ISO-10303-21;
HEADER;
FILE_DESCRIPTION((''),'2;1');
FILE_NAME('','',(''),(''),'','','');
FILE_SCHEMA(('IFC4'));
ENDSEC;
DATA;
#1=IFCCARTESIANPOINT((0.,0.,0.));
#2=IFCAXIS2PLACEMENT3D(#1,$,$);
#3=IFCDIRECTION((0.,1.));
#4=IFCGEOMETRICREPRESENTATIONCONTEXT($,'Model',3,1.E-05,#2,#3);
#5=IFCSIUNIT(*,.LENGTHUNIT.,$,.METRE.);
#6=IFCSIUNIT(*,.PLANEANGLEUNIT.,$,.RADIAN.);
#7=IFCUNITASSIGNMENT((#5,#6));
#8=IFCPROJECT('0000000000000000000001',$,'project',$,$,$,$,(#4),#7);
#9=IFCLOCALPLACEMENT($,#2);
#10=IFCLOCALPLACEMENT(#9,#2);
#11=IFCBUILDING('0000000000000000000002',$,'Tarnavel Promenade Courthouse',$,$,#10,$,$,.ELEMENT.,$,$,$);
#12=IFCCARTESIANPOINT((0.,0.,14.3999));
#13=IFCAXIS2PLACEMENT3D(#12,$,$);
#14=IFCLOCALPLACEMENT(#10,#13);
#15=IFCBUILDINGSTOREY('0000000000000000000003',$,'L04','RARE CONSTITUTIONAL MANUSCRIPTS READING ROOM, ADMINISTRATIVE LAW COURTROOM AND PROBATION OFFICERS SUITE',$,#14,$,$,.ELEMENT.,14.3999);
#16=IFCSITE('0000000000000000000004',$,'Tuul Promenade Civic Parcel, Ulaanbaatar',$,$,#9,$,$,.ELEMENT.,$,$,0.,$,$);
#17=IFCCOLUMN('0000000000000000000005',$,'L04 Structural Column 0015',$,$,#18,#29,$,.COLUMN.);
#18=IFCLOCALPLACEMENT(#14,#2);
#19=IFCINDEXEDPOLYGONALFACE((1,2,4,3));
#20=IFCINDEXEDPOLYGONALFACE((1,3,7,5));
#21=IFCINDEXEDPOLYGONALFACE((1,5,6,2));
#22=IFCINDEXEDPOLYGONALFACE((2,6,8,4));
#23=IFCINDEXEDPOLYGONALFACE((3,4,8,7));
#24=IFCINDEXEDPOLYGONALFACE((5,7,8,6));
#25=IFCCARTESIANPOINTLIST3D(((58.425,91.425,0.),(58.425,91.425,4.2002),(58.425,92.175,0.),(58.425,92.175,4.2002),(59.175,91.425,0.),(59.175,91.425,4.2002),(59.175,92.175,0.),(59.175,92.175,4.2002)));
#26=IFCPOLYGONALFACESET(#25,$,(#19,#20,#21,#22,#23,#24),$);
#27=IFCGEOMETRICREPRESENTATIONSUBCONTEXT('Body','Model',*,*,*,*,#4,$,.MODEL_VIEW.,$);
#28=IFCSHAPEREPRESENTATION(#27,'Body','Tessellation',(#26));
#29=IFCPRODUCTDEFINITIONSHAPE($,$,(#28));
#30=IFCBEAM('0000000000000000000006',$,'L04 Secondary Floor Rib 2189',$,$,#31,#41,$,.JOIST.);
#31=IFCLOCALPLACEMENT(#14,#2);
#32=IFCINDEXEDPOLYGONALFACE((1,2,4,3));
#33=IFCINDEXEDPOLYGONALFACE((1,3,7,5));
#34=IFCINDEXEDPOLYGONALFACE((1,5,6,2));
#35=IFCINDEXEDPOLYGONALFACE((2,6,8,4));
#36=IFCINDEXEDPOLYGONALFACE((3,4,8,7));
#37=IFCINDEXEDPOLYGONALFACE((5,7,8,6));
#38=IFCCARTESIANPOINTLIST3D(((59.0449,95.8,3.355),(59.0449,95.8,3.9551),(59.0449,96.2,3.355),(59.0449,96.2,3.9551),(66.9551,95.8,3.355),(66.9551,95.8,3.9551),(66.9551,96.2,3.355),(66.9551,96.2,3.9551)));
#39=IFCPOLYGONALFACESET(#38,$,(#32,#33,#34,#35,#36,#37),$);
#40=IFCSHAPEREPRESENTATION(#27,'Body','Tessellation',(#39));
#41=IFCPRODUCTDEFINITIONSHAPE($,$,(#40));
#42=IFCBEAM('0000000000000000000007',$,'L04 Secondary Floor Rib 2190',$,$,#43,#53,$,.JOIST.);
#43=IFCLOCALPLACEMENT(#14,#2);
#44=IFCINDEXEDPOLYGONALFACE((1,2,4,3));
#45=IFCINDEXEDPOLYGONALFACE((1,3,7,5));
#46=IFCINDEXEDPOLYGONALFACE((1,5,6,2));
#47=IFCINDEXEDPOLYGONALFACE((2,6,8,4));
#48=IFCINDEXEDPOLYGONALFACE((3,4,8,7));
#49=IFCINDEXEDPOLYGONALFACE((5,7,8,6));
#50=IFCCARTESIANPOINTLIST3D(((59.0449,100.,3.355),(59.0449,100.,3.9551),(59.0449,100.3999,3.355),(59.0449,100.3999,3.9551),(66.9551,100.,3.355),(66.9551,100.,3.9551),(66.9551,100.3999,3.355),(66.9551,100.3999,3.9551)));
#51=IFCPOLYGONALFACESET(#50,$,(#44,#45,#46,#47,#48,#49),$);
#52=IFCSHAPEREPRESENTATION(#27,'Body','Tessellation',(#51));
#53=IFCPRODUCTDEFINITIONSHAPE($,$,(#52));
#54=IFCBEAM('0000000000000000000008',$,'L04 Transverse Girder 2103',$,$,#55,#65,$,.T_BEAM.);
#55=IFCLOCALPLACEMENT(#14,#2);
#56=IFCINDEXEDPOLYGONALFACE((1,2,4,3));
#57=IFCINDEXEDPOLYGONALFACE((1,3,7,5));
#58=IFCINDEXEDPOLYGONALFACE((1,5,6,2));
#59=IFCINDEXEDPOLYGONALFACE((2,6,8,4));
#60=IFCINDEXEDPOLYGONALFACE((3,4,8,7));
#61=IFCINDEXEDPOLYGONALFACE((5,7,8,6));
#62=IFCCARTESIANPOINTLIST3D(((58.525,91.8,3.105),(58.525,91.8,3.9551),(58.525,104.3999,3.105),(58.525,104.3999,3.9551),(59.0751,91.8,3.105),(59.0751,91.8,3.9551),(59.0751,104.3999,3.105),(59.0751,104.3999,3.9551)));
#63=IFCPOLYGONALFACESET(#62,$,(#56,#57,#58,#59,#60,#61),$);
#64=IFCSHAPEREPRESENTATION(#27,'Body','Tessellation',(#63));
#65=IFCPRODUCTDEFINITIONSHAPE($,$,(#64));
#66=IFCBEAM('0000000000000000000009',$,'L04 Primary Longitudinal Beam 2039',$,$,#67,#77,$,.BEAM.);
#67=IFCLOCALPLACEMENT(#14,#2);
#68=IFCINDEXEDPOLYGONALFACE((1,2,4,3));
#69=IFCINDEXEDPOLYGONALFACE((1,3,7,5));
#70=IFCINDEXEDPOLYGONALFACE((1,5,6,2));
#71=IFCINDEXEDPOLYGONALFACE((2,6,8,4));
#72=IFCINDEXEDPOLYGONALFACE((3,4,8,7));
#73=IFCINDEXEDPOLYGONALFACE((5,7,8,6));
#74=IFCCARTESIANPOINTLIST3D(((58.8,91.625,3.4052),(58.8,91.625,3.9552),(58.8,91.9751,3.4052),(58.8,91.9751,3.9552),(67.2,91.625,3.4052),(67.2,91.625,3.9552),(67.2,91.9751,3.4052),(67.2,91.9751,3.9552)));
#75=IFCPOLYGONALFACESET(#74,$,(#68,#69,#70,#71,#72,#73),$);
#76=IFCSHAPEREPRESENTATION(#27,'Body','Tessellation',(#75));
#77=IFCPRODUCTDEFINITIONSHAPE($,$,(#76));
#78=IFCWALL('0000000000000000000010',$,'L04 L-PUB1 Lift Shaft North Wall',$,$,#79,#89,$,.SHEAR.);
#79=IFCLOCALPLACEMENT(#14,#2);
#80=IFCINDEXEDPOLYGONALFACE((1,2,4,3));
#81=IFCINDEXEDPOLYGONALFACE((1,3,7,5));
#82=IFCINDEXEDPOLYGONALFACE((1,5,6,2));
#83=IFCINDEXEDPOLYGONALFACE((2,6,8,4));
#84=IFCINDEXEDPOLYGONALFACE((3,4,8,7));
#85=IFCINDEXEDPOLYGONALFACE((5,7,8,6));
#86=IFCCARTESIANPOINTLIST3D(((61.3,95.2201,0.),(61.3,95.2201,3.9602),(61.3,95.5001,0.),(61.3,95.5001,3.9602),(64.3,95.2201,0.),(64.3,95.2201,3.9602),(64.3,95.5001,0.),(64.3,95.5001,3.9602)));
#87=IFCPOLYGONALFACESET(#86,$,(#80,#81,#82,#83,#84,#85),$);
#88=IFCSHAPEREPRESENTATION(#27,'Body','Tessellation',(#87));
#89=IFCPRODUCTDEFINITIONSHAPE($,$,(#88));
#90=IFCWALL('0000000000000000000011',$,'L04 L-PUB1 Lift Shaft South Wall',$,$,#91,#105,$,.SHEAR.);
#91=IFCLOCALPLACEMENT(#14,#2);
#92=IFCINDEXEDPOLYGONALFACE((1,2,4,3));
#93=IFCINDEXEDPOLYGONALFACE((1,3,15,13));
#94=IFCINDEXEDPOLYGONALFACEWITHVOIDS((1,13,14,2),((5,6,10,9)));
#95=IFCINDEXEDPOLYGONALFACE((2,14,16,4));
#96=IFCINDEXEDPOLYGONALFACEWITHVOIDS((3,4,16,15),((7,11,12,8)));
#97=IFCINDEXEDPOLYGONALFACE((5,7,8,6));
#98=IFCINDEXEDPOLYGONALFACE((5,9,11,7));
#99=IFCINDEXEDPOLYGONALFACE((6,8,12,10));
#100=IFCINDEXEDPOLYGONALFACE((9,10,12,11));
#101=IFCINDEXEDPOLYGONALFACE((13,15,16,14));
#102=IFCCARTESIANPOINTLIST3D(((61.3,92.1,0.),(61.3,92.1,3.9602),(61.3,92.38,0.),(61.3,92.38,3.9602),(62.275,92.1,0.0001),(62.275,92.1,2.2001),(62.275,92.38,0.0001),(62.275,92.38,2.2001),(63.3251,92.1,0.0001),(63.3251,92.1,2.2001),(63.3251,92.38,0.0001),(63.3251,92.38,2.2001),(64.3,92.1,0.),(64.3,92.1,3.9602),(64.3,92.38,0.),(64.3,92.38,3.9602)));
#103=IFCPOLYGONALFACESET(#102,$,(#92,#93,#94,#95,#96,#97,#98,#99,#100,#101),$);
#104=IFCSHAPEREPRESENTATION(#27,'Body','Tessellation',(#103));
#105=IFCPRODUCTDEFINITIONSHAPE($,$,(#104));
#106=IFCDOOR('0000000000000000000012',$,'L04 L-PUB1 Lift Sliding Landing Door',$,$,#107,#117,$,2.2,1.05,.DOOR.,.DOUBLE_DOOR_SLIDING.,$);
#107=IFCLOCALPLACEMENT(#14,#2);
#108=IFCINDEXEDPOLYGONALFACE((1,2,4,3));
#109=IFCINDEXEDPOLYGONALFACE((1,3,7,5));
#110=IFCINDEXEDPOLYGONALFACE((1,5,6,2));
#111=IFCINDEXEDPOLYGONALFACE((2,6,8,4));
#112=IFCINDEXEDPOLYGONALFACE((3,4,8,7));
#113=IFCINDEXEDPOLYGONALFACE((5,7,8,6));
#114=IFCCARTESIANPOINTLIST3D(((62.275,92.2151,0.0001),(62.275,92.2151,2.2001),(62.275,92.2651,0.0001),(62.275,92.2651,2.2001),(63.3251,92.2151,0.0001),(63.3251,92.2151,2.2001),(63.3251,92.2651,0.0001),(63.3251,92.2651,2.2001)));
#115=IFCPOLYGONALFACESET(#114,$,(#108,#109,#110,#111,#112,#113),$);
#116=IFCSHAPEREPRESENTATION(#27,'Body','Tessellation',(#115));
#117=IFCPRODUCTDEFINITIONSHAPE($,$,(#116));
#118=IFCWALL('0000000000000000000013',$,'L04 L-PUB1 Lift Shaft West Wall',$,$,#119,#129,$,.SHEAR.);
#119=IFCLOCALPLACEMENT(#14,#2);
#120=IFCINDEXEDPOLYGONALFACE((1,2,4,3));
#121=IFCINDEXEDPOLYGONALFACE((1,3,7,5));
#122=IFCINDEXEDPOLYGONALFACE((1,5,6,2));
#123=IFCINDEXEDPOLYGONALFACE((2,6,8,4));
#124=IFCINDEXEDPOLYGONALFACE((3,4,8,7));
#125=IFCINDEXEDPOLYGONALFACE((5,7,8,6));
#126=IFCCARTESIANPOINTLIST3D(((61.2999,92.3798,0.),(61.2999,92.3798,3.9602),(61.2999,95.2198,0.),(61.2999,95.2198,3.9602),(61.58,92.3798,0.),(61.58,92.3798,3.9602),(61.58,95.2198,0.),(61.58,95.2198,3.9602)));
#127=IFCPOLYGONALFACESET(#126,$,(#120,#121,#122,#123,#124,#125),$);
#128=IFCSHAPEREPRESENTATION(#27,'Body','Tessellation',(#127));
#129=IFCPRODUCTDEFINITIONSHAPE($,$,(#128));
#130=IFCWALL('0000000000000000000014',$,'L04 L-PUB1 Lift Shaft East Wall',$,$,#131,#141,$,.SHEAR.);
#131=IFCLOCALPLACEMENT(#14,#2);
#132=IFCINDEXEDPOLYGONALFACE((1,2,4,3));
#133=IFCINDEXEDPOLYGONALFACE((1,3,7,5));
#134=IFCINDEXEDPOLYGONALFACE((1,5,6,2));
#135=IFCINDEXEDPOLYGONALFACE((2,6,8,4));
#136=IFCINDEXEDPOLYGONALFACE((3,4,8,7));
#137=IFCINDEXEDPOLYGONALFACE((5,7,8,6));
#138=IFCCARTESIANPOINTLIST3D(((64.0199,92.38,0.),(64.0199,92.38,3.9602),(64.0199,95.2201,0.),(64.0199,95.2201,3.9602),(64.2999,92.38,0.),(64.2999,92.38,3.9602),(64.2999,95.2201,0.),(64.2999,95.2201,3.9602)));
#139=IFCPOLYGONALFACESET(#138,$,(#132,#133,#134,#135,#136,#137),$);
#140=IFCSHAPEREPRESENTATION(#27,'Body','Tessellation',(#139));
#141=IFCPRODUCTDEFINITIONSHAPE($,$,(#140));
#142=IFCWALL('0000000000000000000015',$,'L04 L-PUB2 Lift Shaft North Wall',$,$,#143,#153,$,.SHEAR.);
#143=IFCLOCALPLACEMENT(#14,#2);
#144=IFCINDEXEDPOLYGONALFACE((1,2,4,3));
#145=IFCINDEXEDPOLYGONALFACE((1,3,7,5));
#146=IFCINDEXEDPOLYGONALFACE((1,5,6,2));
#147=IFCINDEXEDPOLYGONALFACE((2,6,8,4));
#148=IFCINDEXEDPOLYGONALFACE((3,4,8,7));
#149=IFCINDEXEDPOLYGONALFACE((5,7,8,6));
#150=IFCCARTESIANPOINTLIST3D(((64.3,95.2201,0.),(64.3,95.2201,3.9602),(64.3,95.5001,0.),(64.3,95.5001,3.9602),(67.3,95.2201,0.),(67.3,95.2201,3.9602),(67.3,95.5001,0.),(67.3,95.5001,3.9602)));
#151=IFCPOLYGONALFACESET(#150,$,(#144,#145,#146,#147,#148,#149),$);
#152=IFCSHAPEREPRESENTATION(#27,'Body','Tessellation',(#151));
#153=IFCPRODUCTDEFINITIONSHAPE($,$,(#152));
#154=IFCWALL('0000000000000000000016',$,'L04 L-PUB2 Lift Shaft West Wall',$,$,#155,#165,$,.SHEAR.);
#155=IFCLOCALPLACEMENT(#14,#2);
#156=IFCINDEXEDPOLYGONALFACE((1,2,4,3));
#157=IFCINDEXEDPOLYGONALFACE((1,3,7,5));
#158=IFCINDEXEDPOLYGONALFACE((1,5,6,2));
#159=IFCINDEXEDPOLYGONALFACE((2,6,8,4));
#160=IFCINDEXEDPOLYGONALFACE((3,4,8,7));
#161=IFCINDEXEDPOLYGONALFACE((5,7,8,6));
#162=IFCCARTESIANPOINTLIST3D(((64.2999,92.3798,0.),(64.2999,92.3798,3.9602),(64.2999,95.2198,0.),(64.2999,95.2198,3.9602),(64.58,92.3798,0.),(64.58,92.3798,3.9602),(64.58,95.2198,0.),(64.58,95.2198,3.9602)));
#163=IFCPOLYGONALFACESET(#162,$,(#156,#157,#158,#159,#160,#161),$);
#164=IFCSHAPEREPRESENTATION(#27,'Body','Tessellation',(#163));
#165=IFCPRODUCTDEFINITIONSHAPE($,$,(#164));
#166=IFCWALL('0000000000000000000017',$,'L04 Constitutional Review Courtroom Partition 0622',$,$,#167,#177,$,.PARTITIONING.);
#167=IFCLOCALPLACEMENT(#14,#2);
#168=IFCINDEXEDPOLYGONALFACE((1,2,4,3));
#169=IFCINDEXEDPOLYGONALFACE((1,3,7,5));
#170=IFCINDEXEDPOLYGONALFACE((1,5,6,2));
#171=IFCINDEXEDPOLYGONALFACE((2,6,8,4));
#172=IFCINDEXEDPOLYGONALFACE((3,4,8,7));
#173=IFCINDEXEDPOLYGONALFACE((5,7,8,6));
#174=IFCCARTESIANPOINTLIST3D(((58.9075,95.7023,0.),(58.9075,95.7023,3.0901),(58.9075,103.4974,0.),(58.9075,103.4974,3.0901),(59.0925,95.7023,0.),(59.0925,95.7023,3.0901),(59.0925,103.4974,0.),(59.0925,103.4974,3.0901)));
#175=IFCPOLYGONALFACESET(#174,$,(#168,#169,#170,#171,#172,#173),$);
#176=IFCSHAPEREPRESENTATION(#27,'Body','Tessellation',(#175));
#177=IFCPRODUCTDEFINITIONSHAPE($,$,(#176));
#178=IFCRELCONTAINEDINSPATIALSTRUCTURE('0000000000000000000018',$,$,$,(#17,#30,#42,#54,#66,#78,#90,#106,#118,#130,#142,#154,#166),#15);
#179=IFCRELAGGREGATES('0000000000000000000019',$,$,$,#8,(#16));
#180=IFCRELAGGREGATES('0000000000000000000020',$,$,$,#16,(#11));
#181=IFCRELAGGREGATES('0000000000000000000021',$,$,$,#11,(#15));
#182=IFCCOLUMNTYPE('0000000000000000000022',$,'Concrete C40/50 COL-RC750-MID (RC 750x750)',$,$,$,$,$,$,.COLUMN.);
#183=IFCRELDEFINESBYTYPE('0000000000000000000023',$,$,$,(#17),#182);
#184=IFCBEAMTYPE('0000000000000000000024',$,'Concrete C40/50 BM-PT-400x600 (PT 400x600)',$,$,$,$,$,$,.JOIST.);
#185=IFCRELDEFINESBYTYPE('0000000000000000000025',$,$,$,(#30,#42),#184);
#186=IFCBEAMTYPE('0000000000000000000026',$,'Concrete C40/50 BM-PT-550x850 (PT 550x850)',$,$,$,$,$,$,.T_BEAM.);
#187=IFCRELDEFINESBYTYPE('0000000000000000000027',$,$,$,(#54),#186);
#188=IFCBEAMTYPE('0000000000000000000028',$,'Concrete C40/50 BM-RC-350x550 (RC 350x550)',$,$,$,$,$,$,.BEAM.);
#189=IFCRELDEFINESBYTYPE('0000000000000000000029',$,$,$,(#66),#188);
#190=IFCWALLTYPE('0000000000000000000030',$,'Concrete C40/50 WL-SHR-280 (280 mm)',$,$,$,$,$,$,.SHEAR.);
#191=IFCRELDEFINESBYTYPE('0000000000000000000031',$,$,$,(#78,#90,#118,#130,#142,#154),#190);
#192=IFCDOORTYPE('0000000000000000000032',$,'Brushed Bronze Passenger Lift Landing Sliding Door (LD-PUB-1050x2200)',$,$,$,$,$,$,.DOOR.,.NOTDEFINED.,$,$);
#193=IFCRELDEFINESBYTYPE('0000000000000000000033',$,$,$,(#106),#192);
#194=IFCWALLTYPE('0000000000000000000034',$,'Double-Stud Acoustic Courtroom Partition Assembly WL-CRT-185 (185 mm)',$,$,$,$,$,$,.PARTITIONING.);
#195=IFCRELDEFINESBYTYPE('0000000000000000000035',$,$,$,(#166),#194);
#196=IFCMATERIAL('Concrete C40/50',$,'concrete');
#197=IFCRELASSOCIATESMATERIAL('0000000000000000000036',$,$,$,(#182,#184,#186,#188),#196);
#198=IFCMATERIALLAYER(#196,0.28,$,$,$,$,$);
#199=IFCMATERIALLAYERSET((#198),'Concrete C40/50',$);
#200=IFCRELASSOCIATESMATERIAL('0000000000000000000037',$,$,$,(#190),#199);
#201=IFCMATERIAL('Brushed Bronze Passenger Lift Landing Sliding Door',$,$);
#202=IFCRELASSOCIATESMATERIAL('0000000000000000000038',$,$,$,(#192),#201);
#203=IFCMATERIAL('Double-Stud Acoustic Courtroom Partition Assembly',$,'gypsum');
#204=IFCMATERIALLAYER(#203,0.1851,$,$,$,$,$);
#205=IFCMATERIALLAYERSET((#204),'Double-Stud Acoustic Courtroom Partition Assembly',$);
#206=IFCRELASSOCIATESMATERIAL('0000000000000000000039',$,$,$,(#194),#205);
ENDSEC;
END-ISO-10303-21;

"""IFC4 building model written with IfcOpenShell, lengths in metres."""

from ifc_helpers import new_model, si_unit, direction, frame, frame_2d, origin, origin_2d, place, context, subcontext, project, spatial, rectangle, extrude, material, layer, layer_set, material_profile, profile_set, type_object, element, fill, save


model = new_model("IFC4")

# Units and contexts
model_context = context("Model", 3, precision=1e-05, world=origin(), true_north=direction((0.0, 1.0)))
body_context = subcontext(model_context, "Body", "Model", "MODEL_VIEW")
ifc_project = project(units=[si_unit("LENGTHUNIT", "METRE"), si_unit("PLANEANGLEUNIT", "RADIAN")], contexts=[model_context])

# Site, building, storey
site_placement = place(None, origin())
site = spatial("IfcSite", under=ifc_project, at=site_placement, Name="Tuul Promenade Civic Parcel, Ulaanbaatar", CompositionType="ELEMENT", RefElevation=0.0)
building_placement = place(site_placement, origin())
building = spatial("IfcBuilding", under=site, at=building_placement, Name="Tarnavel Promenade Courthouse", CompositionType="ELEMENT")
storey_placement = place(building_placement, frame((0.0, 0.0, 14.3999)))
storey = spatial("IfcBuildingStorey", under=building, at=storey_placement, Name="L04", Description="RARE CONSTITUTIONAL MANUSCRIPTS READING ROOM, ADMINISTRATIVE LAW COURTROOM AND PROBATION OFFICERS SUITE", CompositionType="ELEMENT", Elevation=14.3999)

# Column
ifc_material_1 = material(Name="Concrete C40/50", Category="concrete")
ifc_material_profile_1 = material_profile(ifc_material_1, rectangle(XDim=0.75, YDim=0.75, at=origin_2d()), Name="RC 750x750")
ifc_profile_set_1 = profile_set([ifc_material_profile_1], Name="Concrete C40/50")
column_type = type_object("IfcColumnType", Name="Concrete C40/50 COL-RC750-MID (RC 750x750)", PredefinedType="COLUMN", material=ifc_profile_set_1)
column_placement = place(storey_placement, frame((58.8, 91.8, 0.0), z_axis=(0.0, 0.0, 1.0), x_axis=(1.0, 0.0, 0.0)))
element("IfcColumn", 1, at=column_placement, inside=storey, type_object=column_type, Name="L04 Structural Column 0015", PredefinedType="COLUMN", context=body_context, shape_type="SweptSolid", body=[
    extrude(rectangle(XDim=0.75, YDim=0.75, at=origin_2d()), origin(), (0.0, 0.0, 1.0), 4.2002),
])

# Beams
ifc_material_profile_2 = material_profile(ifc_material_1, rectangle(XDim=0.3999, YDim=0.6001, at=origin_2d()), Name="PT 400x600")
ifc_profile_set_2 = profile_set([ifc_material_profile_2], Name="Concrete C40/50")
beam_type_1 = type_object("IfcBeamType", Name="Concrete C40/50 BM-PT-400x600 (PT 400x600)", PredefinedType="JOIST", material=ifc_profile_set_2)
for number, where, z_axis, x_axis, name in (
    (2, (59.0449, 96.0, 3.655), (1.0, 0.0, 0.0), (0.0, 1.0, 0.0), "L04 Secondary Floor Rib 2189"),
    (3, (59.0449, 100.2, 3.655), (1.0, 0.0, 0.0), (0.0, 1.0, 0.0), "L04 Secondary Floor Rib 2190"),
):
    element("IfcBeam", number, at=place(storey_placement, frame(where, z_axis=z_axis, x_axis=x_axis)), inside=storey, type_object=beam_type_1, Name=name, PredefinedType="JOIST", context=body_context, shape_type="SweptSolid", body=[
        extrude(rectangle(XDim=0.3999, YDim=0.6001, at=origin_2d()), origin(), (0.0, 0.0, 1.0), 7.9102),
    ])
ifc_material_profile_3 = material_profile(ifc_material_1, rectangle(XDim=0.55, YDim=0.8501, at=origin_2d()), Name="PT 550x850")
ifc_profile_set_3 = profile_set([ifc_material_profile_3], Name="Concrete C40/50")
beam_type_2 = type_object("IfcBeamType", Name="Concrete C40/50 BM-PT-550x850 (PT 550x850)", PredefinedType="T_BEAM", material=ifc_profile_set_3)
beam_1_placement = place(storey_placement, frame((58.8, 91.8, 3.53), z_axis=(0.0, 1.0, 0.0), x_axis=(-1.0, 0.0, 0.0)))
element("IfcBeam", 4, at=beam_1_placement, inside=storey, type_object=beam_type_2, Name="L04 Transverse Girder 2103", PredefinedType="T_BEAM", context=body_context, shape_type="SweptSolid", body=[
    extrude(rectangle(XDim=0.55, YDim=0.8501, at=origin_2d()), origin(), (0.0, 0.0, 1.0), 12.5999),
])
ifc_material_profile_4 = material_profile(ifc_material_1, rectangle(XDim=0.3501, YDim=0.55, at=origin_2d()), Name="RC 350x550")
ifc_profile_set_4 = profile_set([ifc_material_profile_4], Name="Concrete C40/50")
beam_type_3 = type_object("IfcBeamType", Name="Concrete C40/50 BM-RC-350x550 (RC 350x550)", PredefinedType="BEAM", material=ifc_profile_set_4)
beam_2_placement = place(storey_placement, frame((58.8, 91.8, 3.6802), z_axis=(1.0, 0.0, 0.0), x_axis=(0.0, 1.0, 0.0)))
element("IfcBeam", 5, at=beam_2_placement, inside=storey, type_object=beam_type_3, Name="L04 Primary Longitudinal Beam 2039", PredefinedType="BEAM", context=body_context, shape_type="SweptSolid", body=[
    extrude(rectangle(XDim=0.3501, YDim=0.55, at=origin_2d()), origin(), (0.0, 0.0, 1.0), 8.3999),
])

# Wall
ifc_layer_1 = layer(ifc_material_1, 0.28)
ifc_layer_set_1 = layer_set([ifc_layer_1], Name="Concrete C40/50")
wall_type_1 = type_object("IfcWallType", Name="Concrete C40/50 WL-SHR-280 (280 mm)", PredefinedType="SHEAR", material=ifc_layer_set_1)
wall_1_placement = place(storey_placement, frame((61.3, 95.3601, 0.0), z_axis=(0.0, 0.0, 1.0), x_axis=(1.0, 0.0, 0.0)))
element("IfcWall", 6, at=wall_1_placement, inside=storey, type_object=wall_type_1, Name="L04 L-PUB1 Lift Shaft North Wall", PredefinedType="SHEAR", context=body_context, shape_type="SweptSolid", body=[
    extrude(rectangle(XDim=3.0, YDim=0.28, at=frame_2d((1.5, 0.0))), origin(), (0.0, 0.0, 1.0), 3.9602),
])

# Wall, opening, door
wall_2_placement = place(storey_placement, frame((64.3, 92.24, 0.0), z_axis=(0.0, 0.0, 1.0), x_axis=(-1.0, 0.0, 0.0)))
wall_2 = element("IfcWall", 7, at=wall_2_placement, inside=storey, type_object=wall_type_1, Name="L04 L-PUB1 Lift Shaft South Wall", PredefinedType="SHEAR", context=body_context, shape_type="SweptSolid", body=[
    extrude(rectangle(XDim=3.0, YDim=0.28, at=frame_2d((1.5, 0.0))), origin(), (0.0, 0.0, 1.0), 3.9602),
])
opening_1_placement = place(wall_2_placement, frame((0.9751, 0.0, 0.0)))
opening_1 = element("IfcOpeningElement", 8, at=opening_1_placement, cuts=wall_2, PredefinedType="OPENING", context=body_context, shape_type="SweptSolid", body=[
    extrude(rectangle(XDim=1.05, YDim=2.2, at=frame_2d((0.5249, 1.1001))), frame((0.0, 0.1499, 0.0), z_axis=(0.0, -1.0, 0.0), x_axis=(1.0, 0.0, 0.0)), (0.0, 0.0, 1.0), 0.3),
])
ifc_material_2 = material(Name="Brushed Bronze Passenger Lift Landing Sliding Door")
door_type_1 = type_object("IfcDoorType", Name="Brushed Bronze Passenger Lift Landing Sliding Door (LD-PUB-1050x2200)", OperationType="NOTDEFINED", PredefinedType="DOOR", material=ifc_material_2)
door_1_placement = place(opening_1_placement, origin())
door_1 = element("IfcDoor", 9, at=door_1_placement, inside=storey, type_object=door_type_1, Name="L04 L-PUB1 Lift Sliding Landing Door", OperationType="DOUBLE_DOOR_SLIDING", OverallHeight=2.2, OverallWidth=1.05, PredefinedType="DOOR", context=body_context, shape_type="SweptSolid", body=[
    extrude(rectangle(XDim=1.05, YDim=2.2, at=frame_2d((0.5249, 1.1001))), frame((0.0, 0.0249, 0.0), z_axis=(0.0, -1.0, 0.0), x_axis=(1.0, 0.0, 0.0)), (0.0, 0.0, 1.0), 0.05),
])
fill(opening_1, door_1)

# Walls
for number, where, z_axis, x_axis, name in (
    (10, (61.4399, 92.3799, 0.0), (0.0, 0.0, 1.0), (0.0, 1.0, 0.0), "L04 L-PUB1 Lift Shaft West Wall"),
    (11, (64.1599, 95.22, 0.0), (0.0, 0.0, 1.0), (0.0, -1.0, 0.0), "L04 L-PUB1 Lift Shaft East Wall"),
):
    element("IfcWall", number, at=place(storey_placement, frame(where, z_axis=z_axis, x_axis=x_axis)), inside=storey, type_object=wall_type_1, Name=name, PredefinedType="SHEAR", context=body_context, shape_type="SweptSolid", body=[
        extrude(rectangle(XDim=2.8401, YDim=0.28, at=frame_2d((1.4199, 0.0))), origin(), (0.0, 0.0, 1.0), 3.9602),
    ])
wall_3_placement = place(storey_placement, frame((64.3, 95.3601, 0.0), z_axis=(0.0, 0.0, 1.0), x_axis=(1.0, 0.0, 0.0)))
element("IfcWall", 12, at=wall_3_placement, inside=storey, type_object=wall_type_1, Name="L04 L-PUB2 Lift Shaft North Wall", PredefinedType="SHEAR", context=body_context, shape_type="SweptSolid", body=[
    extrude(rectangle(XDim=3.0, YDim=0.28, at=frame_2d((1.5, 0.0))), origin(), (0.0, 0.0, 1.0), 3.9602),
])
wall_4_placement = place(storey_placement, frame((64.4399, 92.3799, 0.0), z_axis=(0.0, 0.0, 1.0), x_axis=(0.0, 1.0, 0.0)))
element("IfcWall", 13, at=wall_4_placement, inside=storey, type_object=wall_type_1, Name="L04 L-PUB2 Lift Shaft West Wall", PredefinedType="SHEAR", context=body_context, shape_type="SweptSolid", body=[
    extrude(rectangle(XDim=2.8401, YDim=0.28, at=frame_2d((1.4199, 0.0))), origin(), (0.0, 0.0, 1.0), 3.9602),
])
ifc_material_3 = material(Name="Double-Stud Acoustic Courtroom Partition Assembly", Category="gypsum")
ifc_layer_2 = layer(ifc_material_3, 0.1851)
ifc_layer_set_2 = layer_set([ifc_layer_2], Name="Double-Stud Acoustic Courtroom Partition Assembly")
wall_type_2 = type_object("IfcWallType", Name="Double-Stud Acoustic Courtroom Partition Assembly WL-CRT-185 (185 mm)", PredefinedType="PARTITIONING", material=ifc_layer_set_2)
wall_5_placement = place(storey_placement, frame((59.0, 95.7024, 0.0), z_axis=(0.0, 0.0, 1.0), x_axis=(0.0, 1.0, 0.0)))
element("IfcWall", 14, at=wall_5_placement, inside=storey, type_object=wall_type_2, Name="L04 Constitutional Review Courtroom Partition 0622", PredefinedType="PARTITIONING", context=body_context, shape_type="SweptSolid", body=[
    extrude(rectangle(XDim=7.7952, YDim=0.1851, at=frame_2d((3.8975, 0.0))), origin(), (0.0, 0.0, 1.0), 3.0901),
])

save(model, "model.ifc")
